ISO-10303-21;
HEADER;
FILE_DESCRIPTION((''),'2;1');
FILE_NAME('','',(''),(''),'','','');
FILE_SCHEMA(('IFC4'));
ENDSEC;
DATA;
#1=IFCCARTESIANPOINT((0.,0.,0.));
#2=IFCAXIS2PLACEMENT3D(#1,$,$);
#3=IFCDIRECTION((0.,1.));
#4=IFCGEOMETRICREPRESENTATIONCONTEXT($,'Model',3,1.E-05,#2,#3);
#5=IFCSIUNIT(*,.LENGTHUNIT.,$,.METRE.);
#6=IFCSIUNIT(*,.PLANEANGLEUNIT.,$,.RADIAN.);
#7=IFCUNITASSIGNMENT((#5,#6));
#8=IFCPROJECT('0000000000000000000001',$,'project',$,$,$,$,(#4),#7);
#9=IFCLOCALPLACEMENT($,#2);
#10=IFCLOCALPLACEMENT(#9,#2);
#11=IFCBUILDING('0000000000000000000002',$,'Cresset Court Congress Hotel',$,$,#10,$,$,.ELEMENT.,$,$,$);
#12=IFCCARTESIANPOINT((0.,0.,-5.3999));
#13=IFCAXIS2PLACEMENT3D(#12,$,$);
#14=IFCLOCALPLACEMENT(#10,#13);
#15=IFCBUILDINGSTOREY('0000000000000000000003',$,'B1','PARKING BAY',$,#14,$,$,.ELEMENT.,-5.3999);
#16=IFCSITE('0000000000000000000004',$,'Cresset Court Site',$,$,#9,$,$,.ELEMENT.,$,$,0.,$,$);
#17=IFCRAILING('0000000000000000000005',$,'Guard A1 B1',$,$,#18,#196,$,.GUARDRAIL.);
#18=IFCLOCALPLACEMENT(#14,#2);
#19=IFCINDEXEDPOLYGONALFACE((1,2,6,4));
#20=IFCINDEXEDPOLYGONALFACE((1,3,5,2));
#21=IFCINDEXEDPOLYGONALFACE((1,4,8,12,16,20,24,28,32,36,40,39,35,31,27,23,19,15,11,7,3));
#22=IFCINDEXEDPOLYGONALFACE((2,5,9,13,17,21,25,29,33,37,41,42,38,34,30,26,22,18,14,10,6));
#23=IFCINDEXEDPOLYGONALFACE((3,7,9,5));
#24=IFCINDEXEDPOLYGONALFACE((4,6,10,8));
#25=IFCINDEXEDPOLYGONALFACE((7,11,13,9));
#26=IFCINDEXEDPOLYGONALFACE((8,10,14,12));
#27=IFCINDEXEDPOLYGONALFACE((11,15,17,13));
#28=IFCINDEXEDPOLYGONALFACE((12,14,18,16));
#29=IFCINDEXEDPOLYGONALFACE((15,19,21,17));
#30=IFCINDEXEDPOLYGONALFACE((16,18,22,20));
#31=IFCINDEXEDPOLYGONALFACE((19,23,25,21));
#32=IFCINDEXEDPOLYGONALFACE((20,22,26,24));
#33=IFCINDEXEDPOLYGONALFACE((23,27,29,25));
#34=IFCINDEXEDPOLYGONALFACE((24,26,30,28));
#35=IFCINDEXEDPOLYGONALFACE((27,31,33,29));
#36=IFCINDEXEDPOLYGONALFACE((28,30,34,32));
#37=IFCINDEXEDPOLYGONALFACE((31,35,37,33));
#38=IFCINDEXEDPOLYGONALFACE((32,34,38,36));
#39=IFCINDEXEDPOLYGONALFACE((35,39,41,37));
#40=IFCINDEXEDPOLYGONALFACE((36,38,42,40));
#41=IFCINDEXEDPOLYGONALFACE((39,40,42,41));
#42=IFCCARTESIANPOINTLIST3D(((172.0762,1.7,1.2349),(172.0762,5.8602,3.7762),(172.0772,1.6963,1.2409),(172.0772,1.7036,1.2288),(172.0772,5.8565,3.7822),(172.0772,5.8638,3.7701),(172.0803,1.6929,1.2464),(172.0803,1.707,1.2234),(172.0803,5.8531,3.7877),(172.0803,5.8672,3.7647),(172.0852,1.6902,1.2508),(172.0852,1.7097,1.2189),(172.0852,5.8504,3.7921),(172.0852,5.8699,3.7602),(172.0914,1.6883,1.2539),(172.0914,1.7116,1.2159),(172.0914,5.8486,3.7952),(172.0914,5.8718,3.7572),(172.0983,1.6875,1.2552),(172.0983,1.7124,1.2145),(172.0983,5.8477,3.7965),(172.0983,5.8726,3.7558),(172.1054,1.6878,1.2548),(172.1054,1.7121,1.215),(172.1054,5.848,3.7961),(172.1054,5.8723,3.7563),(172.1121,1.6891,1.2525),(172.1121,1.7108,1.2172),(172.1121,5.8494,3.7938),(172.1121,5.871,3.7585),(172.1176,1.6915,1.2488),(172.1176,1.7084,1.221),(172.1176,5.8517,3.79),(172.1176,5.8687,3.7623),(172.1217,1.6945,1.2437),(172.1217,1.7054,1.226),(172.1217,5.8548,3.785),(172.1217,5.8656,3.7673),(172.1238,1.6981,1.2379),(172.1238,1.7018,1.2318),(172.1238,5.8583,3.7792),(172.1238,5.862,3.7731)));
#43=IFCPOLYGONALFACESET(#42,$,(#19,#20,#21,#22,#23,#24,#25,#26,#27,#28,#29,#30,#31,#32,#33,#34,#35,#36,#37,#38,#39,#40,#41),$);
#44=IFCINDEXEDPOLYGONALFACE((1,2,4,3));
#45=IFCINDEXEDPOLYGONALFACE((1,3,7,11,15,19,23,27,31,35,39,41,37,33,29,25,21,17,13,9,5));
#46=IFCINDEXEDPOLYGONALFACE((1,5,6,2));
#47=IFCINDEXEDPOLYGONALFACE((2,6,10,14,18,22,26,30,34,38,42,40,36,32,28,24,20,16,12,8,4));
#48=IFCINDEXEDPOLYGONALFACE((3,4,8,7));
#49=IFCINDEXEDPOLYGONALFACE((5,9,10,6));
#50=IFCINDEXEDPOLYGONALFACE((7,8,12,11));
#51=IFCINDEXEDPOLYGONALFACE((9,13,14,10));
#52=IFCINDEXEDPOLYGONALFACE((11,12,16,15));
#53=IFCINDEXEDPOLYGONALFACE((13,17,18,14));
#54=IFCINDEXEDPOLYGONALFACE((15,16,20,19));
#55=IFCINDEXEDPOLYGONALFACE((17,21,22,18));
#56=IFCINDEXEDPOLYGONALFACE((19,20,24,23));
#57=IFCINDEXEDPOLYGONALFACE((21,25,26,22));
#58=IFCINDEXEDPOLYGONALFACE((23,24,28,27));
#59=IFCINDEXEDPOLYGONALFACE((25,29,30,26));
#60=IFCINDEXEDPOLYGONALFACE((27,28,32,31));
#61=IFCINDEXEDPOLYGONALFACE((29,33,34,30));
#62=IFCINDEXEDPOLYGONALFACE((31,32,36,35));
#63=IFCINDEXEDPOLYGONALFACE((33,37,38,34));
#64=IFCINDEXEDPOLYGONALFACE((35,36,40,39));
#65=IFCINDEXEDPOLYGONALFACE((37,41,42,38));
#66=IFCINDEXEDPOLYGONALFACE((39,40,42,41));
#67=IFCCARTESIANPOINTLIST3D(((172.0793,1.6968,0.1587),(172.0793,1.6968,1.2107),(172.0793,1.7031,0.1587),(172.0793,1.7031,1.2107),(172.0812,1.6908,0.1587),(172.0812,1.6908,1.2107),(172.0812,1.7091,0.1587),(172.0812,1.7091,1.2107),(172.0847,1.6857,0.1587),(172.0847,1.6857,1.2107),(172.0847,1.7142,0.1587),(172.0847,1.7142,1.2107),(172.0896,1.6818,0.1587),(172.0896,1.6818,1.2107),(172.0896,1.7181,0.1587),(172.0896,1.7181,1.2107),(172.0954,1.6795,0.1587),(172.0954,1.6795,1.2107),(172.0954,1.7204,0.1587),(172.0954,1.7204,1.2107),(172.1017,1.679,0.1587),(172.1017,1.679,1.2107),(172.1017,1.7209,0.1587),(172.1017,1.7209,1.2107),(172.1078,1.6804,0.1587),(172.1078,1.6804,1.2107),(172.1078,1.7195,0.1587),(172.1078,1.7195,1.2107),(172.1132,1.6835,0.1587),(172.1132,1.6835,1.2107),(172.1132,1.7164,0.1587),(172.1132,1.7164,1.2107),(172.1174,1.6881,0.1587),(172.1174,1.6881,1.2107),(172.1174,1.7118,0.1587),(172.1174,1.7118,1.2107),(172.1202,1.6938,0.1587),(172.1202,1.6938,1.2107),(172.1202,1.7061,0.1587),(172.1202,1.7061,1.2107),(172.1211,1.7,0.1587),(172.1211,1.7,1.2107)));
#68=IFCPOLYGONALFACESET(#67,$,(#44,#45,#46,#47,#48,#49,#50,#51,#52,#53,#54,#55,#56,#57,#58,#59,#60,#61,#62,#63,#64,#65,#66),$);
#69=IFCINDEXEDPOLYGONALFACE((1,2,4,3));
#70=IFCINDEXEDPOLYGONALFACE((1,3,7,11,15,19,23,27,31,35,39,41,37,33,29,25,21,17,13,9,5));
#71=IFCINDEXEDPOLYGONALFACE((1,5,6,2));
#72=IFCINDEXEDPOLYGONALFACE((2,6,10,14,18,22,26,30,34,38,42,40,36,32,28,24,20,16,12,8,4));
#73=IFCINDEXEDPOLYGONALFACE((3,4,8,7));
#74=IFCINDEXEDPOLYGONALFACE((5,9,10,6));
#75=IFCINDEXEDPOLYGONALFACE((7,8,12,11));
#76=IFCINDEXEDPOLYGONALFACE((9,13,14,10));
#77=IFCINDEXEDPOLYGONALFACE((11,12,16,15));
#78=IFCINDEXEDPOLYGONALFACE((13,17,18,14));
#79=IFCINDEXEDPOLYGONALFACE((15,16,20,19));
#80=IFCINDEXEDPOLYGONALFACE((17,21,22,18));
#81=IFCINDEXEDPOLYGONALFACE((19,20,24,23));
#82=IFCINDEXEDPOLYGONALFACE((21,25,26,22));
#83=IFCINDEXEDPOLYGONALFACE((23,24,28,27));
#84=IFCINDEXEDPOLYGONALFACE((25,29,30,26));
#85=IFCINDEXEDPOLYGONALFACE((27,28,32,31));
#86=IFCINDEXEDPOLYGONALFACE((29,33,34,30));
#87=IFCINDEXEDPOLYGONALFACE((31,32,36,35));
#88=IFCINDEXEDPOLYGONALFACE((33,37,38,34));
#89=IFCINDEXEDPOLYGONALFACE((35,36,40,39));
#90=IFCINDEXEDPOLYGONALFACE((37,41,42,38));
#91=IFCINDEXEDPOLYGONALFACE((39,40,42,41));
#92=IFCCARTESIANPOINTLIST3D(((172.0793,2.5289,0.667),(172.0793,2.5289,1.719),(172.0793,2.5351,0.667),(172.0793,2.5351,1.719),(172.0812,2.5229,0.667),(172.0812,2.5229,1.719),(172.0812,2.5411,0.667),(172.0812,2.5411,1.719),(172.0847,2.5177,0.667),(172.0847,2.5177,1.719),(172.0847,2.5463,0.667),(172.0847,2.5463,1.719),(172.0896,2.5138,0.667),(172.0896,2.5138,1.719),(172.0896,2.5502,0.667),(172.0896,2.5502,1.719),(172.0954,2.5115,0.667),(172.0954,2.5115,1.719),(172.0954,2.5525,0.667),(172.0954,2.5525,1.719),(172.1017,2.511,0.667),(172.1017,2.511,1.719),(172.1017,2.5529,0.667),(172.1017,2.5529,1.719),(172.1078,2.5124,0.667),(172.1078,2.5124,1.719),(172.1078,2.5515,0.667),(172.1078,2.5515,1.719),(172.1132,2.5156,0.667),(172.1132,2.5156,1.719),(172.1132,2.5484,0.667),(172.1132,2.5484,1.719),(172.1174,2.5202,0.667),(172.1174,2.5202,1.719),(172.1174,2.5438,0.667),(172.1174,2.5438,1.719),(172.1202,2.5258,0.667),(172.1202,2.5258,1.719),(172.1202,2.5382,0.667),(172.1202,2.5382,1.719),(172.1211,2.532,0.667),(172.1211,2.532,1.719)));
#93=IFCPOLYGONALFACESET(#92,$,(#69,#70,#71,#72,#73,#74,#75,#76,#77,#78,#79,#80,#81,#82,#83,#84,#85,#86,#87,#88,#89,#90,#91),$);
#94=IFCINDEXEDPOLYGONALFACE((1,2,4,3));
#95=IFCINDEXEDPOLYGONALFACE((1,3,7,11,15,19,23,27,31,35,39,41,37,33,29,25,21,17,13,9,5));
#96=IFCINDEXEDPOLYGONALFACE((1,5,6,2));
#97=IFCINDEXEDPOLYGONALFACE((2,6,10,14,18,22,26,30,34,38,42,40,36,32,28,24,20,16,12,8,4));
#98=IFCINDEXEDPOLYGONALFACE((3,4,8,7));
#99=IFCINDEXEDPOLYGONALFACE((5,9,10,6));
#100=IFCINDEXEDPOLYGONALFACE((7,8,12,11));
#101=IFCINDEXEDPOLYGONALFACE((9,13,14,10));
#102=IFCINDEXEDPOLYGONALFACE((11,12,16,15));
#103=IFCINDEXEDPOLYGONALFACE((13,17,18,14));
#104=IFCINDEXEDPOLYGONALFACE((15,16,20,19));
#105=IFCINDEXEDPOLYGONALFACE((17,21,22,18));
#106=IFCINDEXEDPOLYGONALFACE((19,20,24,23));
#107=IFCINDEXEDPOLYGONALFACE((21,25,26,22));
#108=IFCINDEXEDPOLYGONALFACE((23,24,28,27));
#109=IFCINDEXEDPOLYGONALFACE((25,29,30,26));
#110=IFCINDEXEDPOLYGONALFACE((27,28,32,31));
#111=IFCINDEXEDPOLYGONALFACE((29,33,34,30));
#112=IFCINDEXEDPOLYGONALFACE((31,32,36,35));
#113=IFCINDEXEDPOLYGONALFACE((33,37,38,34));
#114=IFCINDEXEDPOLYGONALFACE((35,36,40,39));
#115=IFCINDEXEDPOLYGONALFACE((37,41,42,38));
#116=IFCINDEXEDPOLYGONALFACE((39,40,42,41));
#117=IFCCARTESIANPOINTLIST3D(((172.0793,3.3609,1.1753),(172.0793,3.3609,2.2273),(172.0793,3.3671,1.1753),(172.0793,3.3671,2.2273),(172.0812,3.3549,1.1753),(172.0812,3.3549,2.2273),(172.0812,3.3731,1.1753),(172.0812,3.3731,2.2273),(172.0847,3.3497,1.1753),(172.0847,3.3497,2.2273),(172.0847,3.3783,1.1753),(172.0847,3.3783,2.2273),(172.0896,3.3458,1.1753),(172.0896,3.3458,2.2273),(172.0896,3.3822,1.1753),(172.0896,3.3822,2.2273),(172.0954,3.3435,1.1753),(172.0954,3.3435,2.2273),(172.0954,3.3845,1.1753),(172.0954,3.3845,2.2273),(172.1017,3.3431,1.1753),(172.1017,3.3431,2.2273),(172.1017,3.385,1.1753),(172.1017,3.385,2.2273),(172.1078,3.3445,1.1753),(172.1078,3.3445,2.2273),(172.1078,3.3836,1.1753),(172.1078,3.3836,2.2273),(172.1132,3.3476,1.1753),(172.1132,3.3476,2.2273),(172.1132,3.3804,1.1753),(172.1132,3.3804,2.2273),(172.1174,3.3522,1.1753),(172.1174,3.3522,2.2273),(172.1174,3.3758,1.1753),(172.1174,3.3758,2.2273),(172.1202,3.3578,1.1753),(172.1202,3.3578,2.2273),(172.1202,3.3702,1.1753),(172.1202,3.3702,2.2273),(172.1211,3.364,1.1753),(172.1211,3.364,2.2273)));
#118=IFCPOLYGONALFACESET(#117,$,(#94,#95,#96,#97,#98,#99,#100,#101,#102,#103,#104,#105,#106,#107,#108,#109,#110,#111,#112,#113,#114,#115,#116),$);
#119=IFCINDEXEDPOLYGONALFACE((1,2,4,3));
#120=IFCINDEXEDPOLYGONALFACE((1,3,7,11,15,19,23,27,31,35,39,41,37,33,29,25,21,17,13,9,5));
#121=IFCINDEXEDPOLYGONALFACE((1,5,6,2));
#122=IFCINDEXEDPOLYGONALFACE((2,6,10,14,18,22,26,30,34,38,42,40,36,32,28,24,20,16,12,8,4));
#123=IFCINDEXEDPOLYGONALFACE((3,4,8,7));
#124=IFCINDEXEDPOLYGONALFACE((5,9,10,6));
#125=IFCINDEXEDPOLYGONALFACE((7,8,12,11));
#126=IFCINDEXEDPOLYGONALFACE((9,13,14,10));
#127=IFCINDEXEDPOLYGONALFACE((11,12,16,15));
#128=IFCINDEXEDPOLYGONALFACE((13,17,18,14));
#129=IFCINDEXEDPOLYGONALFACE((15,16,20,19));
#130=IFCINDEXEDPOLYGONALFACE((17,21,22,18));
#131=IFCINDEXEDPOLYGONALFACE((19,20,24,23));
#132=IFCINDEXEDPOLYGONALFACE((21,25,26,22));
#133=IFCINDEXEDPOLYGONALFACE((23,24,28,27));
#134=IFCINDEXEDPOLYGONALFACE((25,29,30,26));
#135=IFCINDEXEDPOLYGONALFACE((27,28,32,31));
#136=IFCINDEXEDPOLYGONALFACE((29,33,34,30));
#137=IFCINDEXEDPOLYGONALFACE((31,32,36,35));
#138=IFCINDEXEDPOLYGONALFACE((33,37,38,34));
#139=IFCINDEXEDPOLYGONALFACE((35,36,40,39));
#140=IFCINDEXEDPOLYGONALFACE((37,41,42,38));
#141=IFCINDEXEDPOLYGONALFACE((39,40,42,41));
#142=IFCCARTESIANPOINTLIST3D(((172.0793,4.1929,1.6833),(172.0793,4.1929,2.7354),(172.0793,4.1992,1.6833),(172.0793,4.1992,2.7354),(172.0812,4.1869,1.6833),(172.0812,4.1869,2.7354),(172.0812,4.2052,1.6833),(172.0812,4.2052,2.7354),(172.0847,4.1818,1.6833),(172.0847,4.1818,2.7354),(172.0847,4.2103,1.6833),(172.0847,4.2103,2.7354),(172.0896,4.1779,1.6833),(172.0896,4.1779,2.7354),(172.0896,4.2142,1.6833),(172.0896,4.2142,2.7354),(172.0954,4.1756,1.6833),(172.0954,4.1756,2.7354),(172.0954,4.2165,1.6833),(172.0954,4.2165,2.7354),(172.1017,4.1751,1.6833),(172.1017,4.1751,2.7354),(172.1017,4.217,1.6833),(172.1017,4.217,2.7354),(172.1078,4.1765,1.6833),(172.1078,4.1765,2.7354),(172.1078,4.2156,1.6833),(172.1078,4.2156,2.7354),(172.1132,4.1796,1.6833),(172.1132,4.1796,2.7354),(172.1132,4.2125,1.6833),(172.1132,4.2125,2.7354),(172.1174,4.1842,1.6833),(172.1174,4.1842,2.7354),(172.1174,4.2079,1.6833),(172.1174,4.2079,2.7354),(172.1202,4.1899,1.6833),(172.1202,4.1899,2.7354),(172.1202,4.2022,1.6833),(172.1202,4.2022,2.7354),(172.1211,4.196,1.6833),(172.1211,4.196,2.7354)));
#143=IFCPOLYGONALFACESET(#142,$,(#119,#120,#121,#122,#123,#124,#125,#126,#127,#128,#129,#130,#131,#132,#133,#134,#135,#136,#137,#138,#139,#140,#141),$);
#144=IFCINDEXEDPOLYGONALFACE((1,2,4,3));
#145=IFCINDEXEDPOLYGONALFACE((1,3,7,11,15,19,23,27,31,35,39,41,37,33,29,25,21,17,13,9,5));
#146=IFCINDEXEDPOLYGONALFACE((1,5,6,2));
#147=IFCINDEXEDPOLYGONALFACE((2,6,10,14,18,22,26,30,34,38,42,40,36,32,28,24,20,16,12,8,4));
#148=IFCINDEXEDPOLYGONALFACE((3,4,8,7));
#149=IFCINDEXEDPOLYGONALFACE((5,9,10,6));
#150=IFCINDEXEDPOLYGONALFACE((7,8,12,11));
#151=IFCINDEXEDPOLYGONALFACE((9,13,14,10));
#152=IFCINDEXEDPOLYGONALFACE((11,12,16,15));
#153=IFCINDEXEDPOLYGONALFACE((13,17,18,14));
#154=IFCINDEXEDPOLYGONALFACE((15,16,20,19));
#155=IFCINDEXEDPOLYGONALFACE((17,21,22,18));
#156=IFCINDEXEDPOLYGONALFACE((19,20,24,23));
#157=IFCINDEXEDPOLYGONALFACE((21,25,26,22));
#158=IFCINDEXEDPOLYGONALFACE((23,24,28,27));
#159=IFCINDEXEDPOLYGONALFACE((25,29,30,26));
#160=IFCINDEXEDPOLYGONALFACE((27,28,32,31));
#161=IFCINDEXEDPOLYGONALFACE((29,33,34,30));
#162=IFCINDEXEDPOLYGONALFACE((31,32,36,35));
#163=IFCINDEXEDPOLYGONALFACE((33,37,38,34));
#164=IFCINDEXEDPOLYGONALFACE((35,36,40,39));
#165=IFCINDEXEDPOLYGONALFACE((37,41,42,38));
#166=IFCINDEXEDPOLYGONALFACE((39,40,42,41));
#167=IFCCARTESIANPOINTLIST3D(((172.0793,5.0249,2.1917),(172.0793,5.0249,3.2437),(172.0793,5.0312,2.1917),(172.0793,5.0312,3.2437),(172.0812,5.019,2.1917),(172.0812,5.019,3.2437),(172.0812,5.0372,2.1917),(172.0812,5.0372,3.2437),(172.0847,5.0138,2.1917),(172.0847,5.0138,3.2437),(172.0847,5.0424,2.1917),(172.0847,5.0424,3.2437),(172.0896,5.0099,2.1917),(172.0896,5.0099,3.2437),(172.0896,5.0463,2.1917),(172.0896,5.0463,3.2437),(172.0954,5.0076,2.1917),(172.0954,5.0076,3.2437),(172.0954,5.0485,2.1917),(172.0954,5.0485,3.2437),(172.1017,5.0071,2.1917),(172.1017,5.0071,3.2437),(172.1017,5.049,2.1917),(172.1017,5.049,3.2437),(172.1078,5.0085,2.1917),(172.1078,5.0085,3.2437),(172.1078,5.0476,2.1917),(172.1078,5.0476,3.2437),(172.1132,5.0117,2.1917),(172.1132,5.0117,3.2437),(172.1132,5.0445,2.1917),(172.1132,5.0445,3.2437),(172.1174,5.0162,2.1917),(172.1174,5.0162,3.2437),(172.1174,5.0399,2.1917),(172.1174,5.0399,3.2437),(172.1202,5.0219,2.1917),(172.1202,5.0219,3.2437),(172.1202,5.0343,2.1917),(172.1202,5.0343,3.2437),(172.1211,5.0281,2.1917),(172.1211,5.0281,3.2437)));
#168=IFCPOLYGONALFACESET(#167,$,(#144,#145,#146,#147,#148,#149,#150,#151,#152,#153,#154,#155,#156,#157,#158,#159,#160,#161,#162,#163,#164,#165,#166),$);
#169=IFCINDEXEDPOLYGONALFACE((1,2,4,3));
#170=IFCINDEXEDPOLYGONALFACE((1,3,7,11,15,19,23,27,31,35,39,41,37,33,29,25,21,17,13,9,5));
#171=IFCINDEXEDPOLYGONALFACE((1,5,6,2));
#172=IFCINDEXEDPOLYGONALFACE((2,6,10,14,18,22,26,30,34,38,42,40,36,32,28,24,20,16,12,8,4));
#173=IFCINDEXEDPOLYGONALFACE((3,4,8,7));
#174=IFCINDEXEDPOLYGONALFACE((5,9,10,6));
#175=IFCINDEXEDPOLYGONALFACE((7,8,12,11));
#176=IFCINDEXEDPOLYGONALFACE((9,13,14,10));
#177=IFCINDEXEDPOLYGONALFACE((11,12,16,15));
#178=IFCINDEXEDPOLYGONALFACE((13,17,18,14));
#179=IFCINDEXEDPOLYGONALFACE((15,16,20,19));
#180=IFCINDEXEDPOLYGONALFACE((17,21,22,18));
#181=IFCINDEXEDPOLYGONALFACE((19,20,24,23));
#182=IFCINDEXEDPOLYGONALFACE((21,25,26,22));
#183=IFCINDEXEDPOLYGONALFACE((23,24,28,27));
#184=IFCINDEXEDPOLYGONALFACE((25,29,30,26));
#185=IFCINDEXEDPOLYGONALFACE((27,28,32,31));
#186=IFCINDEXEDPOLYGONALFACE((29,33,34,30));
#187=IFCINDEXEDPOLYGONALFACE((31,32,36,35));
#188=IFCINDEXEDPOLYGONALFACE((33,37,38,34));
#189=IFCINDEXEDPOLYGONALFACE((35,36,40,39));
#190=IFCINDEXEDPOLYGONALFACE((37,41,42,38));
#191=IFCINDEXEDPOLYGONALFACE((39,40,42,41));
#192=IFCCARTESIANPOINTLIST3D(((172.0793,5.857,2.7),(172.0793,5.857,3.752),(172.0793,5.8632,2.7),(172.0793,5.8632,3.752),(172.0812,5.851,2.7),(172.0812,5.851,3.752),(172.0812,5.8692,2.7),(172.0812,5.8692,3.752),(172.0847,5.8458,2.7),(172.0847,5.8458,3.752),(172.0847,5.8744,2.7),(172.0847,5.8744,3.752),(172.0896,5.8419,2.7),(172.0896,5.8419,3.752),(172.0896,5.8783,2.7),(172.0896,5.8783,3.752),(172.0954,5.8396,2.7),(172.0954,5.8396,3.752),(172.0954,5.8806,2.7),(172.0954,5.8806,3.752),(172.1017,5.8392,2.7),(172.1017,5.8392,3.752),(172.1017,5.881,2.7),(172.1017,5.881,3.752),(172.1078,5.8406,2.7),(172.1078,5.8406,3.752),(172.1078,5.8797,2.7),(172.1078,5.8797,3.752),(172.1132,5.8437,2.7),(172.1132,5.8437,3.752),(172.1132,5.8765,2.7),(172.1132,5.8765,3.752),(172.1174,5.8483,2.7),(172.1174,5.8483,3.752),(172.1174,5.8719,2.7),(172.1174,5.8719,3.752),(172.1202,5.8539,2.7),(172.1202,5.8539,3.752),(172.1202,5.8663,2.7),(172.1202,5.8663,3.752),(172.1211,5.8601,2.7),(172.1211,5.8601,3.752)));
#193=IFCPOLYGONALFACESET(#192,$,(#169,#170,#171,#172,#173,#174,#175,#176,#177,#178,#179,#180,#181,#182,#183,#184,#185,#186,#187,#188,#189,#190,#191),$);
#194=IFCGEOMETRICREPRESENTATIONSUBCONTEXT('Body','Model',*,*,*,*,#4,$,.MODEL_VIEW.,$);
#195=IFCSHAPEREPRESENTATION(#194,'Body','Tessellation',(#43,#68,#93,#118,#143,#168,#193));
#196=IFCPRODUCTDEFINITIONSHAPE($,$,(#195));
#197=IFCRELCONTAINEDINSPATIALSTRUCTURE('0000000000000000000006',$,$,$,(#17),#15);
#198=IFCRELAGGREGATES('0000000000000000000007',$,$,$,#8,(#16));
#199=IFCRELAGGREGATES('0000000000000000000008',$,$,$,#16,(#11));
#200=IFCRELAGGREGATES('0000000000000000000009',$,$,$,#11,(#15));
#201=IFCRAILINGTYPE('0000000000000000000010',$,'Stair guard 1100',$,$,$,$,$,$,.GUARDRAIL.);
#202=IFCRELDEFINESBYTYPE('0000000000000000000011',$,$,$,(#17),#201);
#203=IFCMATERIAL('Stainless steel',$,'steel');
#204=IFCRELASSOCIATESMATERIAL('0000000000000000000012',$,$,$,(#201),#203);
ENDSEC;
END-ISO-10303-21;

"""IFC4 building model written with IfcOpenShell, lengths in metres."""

from ifc_helpers import new_model, si_unit, direction, frame, origin, origin_2d, place, context, subcontext, project, spatial, circle, extrude, material, type_object, element, save


model = new_model("IFC4")

# Units and contexts
model_context = context("Model", 3, precision=1e-05, world=origin(), true_north=direction((0.0, 1.0)))
body_context = subcontext(model_context, "Body", "Model", "MODEL_VIEW")
ifc_project = project(units=[si_unit("LENGTHUNIT", "METRE"), si_unit("PLANEANGLEUNIT", "RADIAN")], contexts=[model_context])

# Site, building, storey
site_placement = place(None, origin())
site = spatial("IfcSite", under=ifc_project, at=site_placement, Name="Cresset Court Site", CompositionType="ELEMENT", RefElevation=0.0)
building_placement = place(site_placement, origin())
building = spatial("IfcBuilding", under=site, at=building_placement, Name="Cresset Court Congress Hotel", CompositionType="ELEMENT")
storey_placement = place(building_placement, frame((0.0, 0.0, -5.3999)))
storey = spatial("IfcBuildingStorey", under=building, at=storey_placement, Name="B1", Description="PARKING BAY", CompositionType="ELEMENT", Elevation=-5.3999)

# Railing
ifc_material_1 = material(Name="Stainless steel", Category="steel")
railing_type_1 = type_object("IfcRailingType", Name="Stair guard 1100", PredefinedType="GUARDRAIL", material=ifc_material_1)
railing_1_placement = place(storey_placement, frame((172.1001, 1.7, 0.1587)))
element("IfcRailing", 1, at=railing_1_placement, inside=storey, type_object=railing_type_1, Name="Guard A1 B1", PredefinedType="GUARDRAIL", context=body_context, shape_type="SweptSolid", body=[
    extrude(circle(Radius=0.0239, at=origin_2d()), frame((0.0, 0.0, 1.0762), z_axis=(0.0, 0.853378, 0.521292), x_axis=(-1.0, 0.0, 0.0)), (0.0, 0.0, 1.0), 4.875),
    extrude(circle(Radius=0.021, at=origin_2d()), origin(), (0.0, 0.0, 1.0), 1.052),
    extrude(circle(Radius=0.021, at=origin_2d()), frame((0.0, 0.832, 0.5083)), (0.0, 0.0, 1.0), 1.052),
    extrude(circle(Radius=0.021, at=origin_2d()), frame((0.0, 1.6641, 1.0166)), (0.0, 0.0, 1.0), 1.052),
    extrude(circle(Radius=0.021, at=origin_2d()), frame((0.0, 2.4961, 1.5247)), (0.0, 0.0, 1.0), 1.052),
    extrude(circle(Radius=0.021, at=origin_2d()), frame((0.0, 3.3281, 2.033)), (0.0, 0.0, 1.0), 1.052),
    extrude(circle(Radius=0.021, at=origin_2d()), frame((0.0, 4.1602, 2.5413)), (0.0, 0.0, 1.0), 1.052),
])

save(model, "model.ifc")
